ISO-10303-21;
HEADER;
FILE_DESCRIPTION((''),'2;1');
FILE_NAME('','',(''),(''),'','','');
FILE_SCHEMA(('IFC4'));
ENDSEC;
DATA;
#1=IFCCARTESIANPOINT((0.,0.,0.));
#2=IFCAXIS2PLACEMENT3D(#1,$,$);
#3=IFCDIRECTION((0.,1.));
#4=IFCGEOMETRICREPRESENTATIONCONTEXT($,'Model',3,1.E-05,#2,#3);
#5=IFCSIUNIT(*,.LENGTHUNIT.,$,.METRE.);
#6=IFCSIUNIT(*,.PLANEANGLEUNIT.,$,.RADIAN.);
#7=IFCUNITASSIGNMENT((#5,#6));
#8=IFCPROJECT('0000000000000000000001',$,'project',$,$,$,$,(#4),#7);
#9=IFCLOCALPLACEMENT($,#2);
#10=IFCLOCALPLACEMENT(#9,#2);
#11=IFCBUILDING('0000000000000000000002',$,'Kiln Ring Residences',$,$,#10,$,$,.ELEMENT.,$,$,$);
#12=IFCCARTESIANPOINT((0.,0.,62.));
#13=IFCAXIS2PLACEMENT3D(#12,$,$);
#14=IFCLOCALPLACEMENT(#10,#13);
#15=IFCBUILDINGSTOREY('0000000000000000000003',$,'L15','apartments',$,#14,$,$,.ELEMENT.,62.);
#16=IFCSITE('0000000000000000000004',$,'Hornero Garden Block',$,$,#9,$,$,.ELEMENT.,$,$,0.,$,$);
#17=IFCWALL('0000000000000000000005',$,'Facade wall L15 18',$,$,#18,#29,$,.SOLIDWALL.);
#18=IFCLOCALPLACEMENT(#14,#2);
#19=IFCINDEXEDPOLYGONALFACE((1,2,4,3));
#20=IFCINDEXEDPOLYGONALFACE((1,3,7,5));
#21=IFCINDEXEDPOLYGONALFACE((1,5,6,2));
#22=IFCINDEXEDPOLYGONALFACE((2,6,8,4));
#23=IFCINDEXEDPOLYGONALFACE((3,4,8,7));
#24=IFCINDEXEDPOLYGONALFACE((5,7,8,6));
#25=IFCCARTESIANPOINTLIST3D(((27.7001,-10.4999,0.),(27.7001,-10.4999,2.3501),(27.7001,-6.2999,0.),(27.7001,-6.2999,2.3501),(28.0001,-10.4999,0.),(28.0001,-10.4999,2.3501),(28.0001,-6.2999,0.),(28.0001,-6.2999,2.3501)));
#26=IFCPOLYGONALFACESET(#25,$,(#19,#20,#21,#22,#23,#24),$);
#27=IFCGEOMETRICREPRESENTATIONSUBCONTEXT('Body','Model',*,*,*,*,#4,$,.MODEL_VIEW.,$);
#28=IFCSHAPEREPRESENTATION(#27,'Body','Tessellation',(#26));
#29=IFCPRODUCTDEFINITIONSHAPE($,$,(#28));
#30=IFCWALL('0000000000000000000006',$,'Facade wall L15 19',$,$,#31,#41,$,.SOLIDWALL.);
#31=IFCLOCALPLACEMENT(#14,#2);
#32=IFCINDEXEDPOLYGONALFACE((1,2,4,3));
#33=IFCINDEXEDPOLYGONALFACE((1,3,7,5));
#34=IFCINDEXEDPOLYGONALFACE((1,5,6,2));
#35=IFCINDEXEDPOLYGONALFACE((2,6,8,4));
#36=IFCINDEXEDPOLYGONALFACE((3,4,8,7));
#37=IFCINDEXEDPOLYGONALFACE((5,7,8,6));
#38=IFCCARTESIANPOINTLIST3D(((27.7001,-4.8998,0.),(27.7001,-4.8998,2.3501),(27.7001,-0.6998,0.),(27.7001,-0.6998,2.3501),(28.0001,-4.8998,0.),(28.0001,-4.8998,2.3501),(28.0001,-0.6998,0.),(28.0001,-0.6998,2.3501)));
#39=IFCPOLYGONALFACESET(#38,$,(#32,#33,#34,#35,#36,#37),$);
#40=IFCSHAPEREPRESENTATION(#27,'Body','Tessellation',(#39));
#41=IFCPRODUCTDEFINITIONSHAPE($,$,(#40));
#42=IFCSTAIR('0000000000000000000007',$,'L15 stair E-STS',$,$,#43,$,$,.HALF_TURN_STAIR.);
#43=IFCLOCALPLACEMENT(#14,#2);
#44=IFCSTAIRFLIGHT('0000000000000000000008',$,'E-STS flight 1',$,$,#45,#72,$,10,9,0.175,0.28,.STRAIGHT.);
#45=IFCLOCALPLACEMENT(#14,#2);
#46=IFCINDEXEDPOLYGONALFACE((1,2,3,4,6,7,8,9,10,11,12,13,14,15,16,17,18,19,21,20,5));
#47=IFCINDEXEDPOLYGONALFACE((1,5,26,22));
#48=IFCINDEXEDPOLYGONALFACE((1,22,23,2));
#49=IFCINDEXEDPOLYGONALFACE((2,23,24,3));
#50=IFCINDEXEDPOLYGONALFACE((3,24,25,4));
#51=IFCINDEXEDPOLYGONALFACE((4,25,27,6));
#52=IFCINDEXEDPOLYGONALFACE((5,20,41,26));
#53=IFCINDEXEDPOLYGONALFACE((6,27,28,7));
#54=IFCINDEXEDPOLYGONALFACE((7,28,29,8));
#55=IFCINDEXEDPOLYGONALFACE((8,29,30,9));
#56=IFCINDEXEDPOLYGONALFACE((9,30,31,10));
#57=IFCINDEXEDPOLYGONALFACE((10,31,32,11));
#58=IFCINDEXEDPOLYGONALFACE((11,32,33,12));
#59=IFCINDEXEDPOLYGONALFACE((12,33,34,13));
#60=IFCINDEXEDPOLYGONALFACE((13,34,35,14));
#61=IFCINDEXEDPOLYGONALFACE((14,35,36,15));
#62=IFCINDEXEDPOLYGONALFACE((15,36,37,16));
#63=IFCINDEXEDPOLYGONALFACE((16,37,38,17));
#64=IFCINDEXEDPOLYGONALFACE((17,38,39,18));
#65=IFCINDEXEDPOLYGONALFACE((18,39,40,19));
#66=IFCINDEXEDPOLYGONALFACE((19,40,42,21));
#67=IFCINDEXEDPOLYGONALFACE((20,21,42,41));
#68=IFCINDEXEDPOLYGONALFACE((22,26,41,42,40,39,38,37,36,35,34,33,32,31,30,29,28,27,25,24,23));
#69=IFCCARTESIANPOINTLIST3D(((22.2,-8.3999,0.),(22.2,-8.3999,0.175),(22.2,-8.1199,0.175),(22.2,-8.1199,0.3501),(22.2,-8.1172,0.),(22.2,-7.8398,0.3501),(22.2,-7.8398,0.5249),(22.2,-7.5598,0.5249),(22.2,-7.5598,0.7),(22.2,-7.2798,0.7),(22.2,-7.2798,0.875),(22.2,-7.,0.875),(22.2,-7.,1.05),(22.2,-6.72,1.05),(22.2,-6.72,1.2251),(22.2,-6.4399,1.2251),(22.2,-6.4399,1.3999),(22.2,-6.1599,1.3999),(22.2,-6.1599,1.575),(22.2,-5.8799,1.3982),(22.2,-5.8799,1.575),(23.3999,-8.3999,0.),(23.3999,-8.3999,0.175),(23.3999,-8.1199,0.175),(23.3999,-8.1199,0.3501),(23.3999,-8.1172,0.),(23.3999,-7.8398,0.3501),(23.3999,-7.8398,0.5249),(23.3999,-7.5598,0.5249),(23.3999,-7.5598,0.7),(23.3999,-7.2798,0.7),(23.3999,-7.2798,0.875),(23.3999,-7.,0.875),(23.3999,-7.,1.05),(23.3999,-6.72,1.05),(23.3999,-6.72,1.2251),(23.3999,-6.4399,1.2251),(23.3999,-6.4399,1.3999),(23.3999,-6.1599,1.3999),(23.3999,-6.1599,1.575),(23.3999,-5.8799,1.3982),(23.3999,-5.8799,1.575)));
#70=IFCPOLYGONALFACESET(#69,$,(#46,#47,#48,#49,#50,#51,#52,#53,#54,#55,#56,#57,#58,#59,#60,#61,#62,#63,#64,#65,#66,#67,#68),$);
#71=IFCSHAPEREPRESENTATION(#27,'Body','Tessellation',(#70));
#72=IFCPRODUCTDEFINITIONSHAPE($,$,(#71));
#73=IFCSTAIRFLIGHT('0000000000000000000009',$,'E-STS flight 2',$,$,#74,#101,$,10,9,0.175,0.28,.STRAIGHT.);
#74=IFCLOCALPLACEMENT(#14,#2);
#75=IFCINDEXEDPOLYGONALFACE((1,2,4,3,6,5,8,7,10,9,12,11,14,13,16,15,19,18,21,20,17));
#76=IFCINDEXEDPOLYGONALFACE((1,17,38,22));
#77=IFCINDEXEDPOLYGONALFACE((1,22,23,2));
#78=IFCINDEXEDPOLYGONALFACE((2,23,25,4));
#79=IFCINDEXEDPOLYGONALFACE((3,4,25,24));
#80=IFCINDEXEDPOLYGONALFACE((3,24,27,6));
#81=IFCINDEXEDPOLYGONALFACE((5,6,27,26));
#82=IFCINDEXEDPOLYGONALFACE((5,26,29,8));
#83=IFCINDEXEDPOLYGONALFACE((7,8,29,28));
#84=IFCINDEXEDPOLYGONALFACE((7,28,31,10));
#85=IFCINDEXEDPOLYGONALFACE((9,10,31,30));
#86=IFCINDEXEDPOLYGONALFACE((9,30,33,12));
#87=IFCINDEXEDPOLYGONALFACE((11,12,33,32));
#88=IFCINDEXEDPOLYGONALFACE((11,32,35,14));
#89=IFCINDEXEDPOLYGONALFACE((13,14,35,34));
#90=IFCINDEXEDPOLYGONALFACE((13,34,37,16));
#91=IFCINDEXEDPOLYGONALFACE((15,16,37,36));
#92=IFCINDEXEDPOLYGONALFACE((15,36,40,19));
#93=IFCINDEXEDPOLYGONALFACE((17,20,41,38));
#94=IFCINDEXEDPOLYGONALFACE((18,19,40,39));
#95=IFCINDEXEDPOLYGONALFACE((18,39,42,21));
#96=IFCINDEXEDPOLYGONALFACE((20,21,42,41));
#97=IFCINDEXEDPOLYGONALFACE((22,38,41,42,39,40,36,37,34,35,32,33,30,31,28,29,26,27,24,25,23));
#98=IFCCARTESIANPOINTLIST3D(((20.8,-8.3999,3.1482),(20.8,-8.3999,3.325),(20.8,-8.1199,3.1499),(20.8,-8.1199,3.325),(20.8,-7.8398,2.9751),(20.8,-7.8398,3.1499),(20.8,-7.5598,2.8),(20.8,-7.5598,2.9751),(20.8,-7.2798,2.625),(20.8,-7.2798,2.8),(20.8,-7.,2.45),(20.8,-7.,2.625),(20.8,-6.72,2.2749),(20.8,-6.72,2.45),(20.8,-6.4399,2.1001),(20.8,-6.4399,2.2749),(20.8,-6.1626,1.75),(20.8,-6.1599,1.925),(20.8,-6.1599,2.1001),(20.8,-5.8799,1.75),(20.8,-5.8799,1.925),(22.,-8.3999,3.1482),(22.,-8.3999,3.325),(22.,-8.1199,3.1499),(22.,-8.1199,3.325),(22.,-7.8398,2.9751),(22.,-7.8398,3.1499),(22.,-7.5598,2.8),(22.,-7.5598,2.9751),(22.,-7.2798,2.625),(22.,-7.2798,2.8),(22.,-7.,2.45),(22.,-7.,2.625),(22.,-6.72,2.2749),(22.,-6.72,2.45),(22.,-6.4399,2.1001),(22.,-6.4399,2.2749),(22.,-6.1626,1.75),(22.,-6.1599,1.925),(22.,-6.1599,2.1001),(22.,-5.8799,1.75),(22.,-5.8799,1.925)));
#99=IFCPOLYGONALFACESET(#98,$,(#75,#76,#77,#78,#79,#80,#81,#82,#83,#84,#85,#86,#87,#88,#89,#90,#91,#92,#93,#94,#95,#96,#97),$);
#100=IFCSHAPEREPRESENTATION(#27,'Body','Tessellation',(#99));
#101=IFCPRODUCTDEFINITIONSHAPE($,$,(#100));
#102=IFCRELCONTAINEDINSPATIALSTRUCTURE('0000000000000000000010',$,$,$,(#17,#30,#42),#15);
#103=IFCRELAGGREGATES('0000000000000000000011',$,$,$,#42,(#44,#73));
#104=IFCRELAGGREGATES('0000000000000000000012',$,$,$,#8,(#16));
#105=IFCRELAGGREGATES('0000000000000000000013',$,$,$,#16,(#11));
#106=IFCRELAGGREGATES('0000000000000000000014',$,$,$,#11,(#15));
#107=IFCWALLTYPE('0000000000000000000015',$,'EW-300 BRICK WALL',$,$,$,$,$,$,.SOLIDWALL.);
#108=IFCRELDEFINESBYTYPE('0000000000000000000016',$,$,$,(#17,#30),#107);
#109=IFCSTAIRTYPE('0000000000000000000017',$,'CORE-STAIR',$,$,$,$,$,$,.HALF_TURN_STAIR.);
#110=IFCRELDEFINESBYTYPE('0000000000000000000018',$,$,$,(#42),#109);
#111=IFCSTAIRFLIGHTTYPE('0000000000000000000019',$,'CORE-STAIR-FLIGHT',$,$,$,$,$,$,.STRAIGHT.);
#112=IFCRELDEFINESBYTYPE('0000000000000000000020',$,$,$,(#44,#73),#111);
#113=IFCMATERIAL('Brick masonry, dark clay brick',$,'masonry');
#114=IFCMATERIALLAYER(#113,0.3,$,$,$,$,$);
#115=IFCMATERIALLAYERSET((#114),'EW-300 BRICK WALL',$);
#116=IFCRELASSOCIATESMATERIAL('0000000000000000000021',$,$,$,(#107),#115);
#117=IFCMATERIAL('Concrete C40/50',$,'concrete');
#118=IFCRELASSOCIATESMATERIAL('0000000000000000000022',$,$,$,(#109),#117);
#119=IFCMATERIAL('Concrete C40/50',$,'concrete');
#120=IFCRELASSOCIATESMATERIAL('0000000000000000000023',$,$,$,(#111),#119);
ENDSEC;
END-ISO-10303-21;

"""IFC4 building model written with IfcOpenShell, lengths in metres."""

from ifc_helpers import new_model, si_unit, direction, frame, frame_2d, origin, place, context, subcontext, project, spatial, polyline, rectangle, outline, extrude, material, layer, layer_set, type_object, element, aggregate, save


model = new_model("IFC4")

# Units and contexts
model_context = context("Model", 3, precision=1e-05, world=origin(), true_north=direction((0.0, 1.0)))
body_context = subcontext(model_context, "Body", "Model", "MODEL_VIEW")
ifc_project = project(units=[si_unit("LENGTHUNIT", "METRE"), si_unit("PLANEANGLEUNIT", "RADIAN")], contexts=[model_context])

# Site, building, storey
site_placement = place(None, origin())
site = spatial("IfcSite", under=ifc_project, at=site_placement, Name="Hornero Garden Block", CompositionType="ELEMENT", RefElevation=0.0)
building_placement = place(site_placement, origin())
building = spatial("IfcBuilding", under=site, at=building_placement, Name="Kiln Ring Residences", CompositionType="ELEMENT")
storey_placement = place(building_placement, frame((0.0, 0.0, 62.0)))
storey = spatial("IfcBuildingStorey", under=building, at=storey_placement, Name="L15", Description="apartments", CompositionType="ELEMENT", Elevation=62.0)

# Walls
ifc_material_1 = material(Name="Brick masonry, dark clay brick", Category="masonry")
ifc_layer_1 = layer(ifc_material_1, 0.3)
ifc_layer_set_1 = layer_set([ifc_layer_1], Name="EW-300 BRICK WALL")
wall_type_1 = type_object("IfcWallType", Name="EW-300 BRICK WALL", PredefinedType="SOLIDWALL", material=ifc_layer_set_1)
for number, where, z_axis, x_axis, name in (
    (1, (27.8501, -10.5, 0.0), (0.0, 0.0, 1.0), (0.0, 1.0, 0.0), "Facade wall L15 18"),
    (2, (27.8501, -4.8999, 0.0), (0.0, 0.0, 1.0), (0.0, 1.0, 0.0), "Facade wall L15 19"),
):
    element("IfcWall", number, at=place(storey_placement, frame(where, z_axis=z_axis, x_axis=x_axis)), inside=storey, type_object=wall_type_1, Name=name, PredefinedType="SOLIDWALL", context=body_context, shape_type="SweptSolid", body=[
        extrude(rectangle(XDim=4.2, YDim=0.3, at=frame_2d((2.1001, 0.0))), origin(), (0.0, 0.0, 1.0), 2.3501),
    ])

# Stair, stair flights
ifc_material_2 = material(Name="Concrete C40/50", Category="concrete")
stair_type = type_object("IfcStairType", Name="CORE-STAIR", PredefinedType="HALF_TURN_STAIR", material=ifc_material_2)
stair_placement = place(storey_placement, origin())
stair = element("IfcStair", 3, at=stair_placement, inside=storey, type_object=stair_type, Name="L15 stair E-STS", PredefinedType="HALF_TURN_STAIR")
ifc_material_3 = material(Name="Concrete C40/50", Category="concrete")
stair_flight_type = type_object("IfcStairFlightType", Name="CORE-STAIR-FLIGHT", PredefinedType="STRAIGHT", material=ifc_material_3)
stair_flight_1_placement = place(storey_placement, frame((22.8, -8.3999, 0.0), z_axis=(0.0, 0.0, 1.0), x_axis=(0.0, 1.0, 0.0)))
stair_flight_1 = element("IfcStairFlight", 4, at=stair_flight_1_placement, type_object=stair_flight_type, Name="E-STS flight 1", NumberOfRisers=10, NumberOfTreads=9, PredefinedType="STRAIGHT", RiserHeight=0.175, TreadLength=0.28, context=body_context, shape_type="SweptSolid", body=[
    extrude(outline(polyline([(0.0, 0.0), (0.0, 0.175), (0.28, 0.175), (0.28, 0.3501), (0.5601, 0.3501), (0.5601, 0.5249), (0.8401, 0.5249), (0.8401, 0.7), (1.1201, 0.7), (1.1201, 0.875), (1.3999, 0.875), (1.3999, 1.05), (1.6799, 1.05), (1.6799, 1.2251), (1.96, 1.2251), (1.96, 1.3999), (2.24, 1.3999), (2.24, 1.575), (2.52, 1.575), (2.52, 1.75), (2.52, 1.3982), (0.2827, 0.0), (0.0, 0.0)])), frame((0.0, 0.6001, 0.0), z_axis=(0.0, -1.0, 0.0), x_axis=(1.0, 0.0, 0.0)), (0.0, 0.0, 1.0), 1.2),
])
stair_flight_2_placement = place(storey_placement, frame((21.3999, -5.8799, 1.75), z_axis=(0.0, 0.0, 1.0), x_axis=(0.0, -1.0, 0.0)))
stair_flight_2 = element("IfcStairFlight", 5, at=stair_flight_2_placement, type_object=stair_flight_type, Name="E-STS flight 2", NumberOfRisers=10, NumberOfTreads=9, PredefinedType="STRAIGHT", RiserHeight=0.175, TreadLength=0.28, context=body_context, shape_type="SweptSolid", body=[
    extrude(outline(polyline([(0.0, 0.0), (0.0, 0.175), (0.28, 0.175), (0.28, 0.3501), (0.5601, 0.3501), (0.5601, 0.5249), (0.8401, 0.5249), (0.8401, 0.7), (1.1201, 0.7), (1.1201, 0.875), (1.3999, 0.875), (1.3999, 1.05), (1.6799, 1.05), (1.6799, 1.2251), (1.96, 1.2251), (1.96, 1.3999), (2.24, 1.3999), (2.24, 1.575), (2.52, 1.575), (2.52, 1.75), (2.52, 1.3982), (0.2827, 0.0), (0.0, 0.0)])), frame((0.0, 0.6001, 0.0), z_axis=(0.0, -1.0, 0.0), x_axis=(1.0, 0.0, 0.0)), (0.0, 0.0, 1.0), 1.2),
])
aggregate(stair, [stair_flight_1, stair_flight_2])

save(model, "model.ifc")
